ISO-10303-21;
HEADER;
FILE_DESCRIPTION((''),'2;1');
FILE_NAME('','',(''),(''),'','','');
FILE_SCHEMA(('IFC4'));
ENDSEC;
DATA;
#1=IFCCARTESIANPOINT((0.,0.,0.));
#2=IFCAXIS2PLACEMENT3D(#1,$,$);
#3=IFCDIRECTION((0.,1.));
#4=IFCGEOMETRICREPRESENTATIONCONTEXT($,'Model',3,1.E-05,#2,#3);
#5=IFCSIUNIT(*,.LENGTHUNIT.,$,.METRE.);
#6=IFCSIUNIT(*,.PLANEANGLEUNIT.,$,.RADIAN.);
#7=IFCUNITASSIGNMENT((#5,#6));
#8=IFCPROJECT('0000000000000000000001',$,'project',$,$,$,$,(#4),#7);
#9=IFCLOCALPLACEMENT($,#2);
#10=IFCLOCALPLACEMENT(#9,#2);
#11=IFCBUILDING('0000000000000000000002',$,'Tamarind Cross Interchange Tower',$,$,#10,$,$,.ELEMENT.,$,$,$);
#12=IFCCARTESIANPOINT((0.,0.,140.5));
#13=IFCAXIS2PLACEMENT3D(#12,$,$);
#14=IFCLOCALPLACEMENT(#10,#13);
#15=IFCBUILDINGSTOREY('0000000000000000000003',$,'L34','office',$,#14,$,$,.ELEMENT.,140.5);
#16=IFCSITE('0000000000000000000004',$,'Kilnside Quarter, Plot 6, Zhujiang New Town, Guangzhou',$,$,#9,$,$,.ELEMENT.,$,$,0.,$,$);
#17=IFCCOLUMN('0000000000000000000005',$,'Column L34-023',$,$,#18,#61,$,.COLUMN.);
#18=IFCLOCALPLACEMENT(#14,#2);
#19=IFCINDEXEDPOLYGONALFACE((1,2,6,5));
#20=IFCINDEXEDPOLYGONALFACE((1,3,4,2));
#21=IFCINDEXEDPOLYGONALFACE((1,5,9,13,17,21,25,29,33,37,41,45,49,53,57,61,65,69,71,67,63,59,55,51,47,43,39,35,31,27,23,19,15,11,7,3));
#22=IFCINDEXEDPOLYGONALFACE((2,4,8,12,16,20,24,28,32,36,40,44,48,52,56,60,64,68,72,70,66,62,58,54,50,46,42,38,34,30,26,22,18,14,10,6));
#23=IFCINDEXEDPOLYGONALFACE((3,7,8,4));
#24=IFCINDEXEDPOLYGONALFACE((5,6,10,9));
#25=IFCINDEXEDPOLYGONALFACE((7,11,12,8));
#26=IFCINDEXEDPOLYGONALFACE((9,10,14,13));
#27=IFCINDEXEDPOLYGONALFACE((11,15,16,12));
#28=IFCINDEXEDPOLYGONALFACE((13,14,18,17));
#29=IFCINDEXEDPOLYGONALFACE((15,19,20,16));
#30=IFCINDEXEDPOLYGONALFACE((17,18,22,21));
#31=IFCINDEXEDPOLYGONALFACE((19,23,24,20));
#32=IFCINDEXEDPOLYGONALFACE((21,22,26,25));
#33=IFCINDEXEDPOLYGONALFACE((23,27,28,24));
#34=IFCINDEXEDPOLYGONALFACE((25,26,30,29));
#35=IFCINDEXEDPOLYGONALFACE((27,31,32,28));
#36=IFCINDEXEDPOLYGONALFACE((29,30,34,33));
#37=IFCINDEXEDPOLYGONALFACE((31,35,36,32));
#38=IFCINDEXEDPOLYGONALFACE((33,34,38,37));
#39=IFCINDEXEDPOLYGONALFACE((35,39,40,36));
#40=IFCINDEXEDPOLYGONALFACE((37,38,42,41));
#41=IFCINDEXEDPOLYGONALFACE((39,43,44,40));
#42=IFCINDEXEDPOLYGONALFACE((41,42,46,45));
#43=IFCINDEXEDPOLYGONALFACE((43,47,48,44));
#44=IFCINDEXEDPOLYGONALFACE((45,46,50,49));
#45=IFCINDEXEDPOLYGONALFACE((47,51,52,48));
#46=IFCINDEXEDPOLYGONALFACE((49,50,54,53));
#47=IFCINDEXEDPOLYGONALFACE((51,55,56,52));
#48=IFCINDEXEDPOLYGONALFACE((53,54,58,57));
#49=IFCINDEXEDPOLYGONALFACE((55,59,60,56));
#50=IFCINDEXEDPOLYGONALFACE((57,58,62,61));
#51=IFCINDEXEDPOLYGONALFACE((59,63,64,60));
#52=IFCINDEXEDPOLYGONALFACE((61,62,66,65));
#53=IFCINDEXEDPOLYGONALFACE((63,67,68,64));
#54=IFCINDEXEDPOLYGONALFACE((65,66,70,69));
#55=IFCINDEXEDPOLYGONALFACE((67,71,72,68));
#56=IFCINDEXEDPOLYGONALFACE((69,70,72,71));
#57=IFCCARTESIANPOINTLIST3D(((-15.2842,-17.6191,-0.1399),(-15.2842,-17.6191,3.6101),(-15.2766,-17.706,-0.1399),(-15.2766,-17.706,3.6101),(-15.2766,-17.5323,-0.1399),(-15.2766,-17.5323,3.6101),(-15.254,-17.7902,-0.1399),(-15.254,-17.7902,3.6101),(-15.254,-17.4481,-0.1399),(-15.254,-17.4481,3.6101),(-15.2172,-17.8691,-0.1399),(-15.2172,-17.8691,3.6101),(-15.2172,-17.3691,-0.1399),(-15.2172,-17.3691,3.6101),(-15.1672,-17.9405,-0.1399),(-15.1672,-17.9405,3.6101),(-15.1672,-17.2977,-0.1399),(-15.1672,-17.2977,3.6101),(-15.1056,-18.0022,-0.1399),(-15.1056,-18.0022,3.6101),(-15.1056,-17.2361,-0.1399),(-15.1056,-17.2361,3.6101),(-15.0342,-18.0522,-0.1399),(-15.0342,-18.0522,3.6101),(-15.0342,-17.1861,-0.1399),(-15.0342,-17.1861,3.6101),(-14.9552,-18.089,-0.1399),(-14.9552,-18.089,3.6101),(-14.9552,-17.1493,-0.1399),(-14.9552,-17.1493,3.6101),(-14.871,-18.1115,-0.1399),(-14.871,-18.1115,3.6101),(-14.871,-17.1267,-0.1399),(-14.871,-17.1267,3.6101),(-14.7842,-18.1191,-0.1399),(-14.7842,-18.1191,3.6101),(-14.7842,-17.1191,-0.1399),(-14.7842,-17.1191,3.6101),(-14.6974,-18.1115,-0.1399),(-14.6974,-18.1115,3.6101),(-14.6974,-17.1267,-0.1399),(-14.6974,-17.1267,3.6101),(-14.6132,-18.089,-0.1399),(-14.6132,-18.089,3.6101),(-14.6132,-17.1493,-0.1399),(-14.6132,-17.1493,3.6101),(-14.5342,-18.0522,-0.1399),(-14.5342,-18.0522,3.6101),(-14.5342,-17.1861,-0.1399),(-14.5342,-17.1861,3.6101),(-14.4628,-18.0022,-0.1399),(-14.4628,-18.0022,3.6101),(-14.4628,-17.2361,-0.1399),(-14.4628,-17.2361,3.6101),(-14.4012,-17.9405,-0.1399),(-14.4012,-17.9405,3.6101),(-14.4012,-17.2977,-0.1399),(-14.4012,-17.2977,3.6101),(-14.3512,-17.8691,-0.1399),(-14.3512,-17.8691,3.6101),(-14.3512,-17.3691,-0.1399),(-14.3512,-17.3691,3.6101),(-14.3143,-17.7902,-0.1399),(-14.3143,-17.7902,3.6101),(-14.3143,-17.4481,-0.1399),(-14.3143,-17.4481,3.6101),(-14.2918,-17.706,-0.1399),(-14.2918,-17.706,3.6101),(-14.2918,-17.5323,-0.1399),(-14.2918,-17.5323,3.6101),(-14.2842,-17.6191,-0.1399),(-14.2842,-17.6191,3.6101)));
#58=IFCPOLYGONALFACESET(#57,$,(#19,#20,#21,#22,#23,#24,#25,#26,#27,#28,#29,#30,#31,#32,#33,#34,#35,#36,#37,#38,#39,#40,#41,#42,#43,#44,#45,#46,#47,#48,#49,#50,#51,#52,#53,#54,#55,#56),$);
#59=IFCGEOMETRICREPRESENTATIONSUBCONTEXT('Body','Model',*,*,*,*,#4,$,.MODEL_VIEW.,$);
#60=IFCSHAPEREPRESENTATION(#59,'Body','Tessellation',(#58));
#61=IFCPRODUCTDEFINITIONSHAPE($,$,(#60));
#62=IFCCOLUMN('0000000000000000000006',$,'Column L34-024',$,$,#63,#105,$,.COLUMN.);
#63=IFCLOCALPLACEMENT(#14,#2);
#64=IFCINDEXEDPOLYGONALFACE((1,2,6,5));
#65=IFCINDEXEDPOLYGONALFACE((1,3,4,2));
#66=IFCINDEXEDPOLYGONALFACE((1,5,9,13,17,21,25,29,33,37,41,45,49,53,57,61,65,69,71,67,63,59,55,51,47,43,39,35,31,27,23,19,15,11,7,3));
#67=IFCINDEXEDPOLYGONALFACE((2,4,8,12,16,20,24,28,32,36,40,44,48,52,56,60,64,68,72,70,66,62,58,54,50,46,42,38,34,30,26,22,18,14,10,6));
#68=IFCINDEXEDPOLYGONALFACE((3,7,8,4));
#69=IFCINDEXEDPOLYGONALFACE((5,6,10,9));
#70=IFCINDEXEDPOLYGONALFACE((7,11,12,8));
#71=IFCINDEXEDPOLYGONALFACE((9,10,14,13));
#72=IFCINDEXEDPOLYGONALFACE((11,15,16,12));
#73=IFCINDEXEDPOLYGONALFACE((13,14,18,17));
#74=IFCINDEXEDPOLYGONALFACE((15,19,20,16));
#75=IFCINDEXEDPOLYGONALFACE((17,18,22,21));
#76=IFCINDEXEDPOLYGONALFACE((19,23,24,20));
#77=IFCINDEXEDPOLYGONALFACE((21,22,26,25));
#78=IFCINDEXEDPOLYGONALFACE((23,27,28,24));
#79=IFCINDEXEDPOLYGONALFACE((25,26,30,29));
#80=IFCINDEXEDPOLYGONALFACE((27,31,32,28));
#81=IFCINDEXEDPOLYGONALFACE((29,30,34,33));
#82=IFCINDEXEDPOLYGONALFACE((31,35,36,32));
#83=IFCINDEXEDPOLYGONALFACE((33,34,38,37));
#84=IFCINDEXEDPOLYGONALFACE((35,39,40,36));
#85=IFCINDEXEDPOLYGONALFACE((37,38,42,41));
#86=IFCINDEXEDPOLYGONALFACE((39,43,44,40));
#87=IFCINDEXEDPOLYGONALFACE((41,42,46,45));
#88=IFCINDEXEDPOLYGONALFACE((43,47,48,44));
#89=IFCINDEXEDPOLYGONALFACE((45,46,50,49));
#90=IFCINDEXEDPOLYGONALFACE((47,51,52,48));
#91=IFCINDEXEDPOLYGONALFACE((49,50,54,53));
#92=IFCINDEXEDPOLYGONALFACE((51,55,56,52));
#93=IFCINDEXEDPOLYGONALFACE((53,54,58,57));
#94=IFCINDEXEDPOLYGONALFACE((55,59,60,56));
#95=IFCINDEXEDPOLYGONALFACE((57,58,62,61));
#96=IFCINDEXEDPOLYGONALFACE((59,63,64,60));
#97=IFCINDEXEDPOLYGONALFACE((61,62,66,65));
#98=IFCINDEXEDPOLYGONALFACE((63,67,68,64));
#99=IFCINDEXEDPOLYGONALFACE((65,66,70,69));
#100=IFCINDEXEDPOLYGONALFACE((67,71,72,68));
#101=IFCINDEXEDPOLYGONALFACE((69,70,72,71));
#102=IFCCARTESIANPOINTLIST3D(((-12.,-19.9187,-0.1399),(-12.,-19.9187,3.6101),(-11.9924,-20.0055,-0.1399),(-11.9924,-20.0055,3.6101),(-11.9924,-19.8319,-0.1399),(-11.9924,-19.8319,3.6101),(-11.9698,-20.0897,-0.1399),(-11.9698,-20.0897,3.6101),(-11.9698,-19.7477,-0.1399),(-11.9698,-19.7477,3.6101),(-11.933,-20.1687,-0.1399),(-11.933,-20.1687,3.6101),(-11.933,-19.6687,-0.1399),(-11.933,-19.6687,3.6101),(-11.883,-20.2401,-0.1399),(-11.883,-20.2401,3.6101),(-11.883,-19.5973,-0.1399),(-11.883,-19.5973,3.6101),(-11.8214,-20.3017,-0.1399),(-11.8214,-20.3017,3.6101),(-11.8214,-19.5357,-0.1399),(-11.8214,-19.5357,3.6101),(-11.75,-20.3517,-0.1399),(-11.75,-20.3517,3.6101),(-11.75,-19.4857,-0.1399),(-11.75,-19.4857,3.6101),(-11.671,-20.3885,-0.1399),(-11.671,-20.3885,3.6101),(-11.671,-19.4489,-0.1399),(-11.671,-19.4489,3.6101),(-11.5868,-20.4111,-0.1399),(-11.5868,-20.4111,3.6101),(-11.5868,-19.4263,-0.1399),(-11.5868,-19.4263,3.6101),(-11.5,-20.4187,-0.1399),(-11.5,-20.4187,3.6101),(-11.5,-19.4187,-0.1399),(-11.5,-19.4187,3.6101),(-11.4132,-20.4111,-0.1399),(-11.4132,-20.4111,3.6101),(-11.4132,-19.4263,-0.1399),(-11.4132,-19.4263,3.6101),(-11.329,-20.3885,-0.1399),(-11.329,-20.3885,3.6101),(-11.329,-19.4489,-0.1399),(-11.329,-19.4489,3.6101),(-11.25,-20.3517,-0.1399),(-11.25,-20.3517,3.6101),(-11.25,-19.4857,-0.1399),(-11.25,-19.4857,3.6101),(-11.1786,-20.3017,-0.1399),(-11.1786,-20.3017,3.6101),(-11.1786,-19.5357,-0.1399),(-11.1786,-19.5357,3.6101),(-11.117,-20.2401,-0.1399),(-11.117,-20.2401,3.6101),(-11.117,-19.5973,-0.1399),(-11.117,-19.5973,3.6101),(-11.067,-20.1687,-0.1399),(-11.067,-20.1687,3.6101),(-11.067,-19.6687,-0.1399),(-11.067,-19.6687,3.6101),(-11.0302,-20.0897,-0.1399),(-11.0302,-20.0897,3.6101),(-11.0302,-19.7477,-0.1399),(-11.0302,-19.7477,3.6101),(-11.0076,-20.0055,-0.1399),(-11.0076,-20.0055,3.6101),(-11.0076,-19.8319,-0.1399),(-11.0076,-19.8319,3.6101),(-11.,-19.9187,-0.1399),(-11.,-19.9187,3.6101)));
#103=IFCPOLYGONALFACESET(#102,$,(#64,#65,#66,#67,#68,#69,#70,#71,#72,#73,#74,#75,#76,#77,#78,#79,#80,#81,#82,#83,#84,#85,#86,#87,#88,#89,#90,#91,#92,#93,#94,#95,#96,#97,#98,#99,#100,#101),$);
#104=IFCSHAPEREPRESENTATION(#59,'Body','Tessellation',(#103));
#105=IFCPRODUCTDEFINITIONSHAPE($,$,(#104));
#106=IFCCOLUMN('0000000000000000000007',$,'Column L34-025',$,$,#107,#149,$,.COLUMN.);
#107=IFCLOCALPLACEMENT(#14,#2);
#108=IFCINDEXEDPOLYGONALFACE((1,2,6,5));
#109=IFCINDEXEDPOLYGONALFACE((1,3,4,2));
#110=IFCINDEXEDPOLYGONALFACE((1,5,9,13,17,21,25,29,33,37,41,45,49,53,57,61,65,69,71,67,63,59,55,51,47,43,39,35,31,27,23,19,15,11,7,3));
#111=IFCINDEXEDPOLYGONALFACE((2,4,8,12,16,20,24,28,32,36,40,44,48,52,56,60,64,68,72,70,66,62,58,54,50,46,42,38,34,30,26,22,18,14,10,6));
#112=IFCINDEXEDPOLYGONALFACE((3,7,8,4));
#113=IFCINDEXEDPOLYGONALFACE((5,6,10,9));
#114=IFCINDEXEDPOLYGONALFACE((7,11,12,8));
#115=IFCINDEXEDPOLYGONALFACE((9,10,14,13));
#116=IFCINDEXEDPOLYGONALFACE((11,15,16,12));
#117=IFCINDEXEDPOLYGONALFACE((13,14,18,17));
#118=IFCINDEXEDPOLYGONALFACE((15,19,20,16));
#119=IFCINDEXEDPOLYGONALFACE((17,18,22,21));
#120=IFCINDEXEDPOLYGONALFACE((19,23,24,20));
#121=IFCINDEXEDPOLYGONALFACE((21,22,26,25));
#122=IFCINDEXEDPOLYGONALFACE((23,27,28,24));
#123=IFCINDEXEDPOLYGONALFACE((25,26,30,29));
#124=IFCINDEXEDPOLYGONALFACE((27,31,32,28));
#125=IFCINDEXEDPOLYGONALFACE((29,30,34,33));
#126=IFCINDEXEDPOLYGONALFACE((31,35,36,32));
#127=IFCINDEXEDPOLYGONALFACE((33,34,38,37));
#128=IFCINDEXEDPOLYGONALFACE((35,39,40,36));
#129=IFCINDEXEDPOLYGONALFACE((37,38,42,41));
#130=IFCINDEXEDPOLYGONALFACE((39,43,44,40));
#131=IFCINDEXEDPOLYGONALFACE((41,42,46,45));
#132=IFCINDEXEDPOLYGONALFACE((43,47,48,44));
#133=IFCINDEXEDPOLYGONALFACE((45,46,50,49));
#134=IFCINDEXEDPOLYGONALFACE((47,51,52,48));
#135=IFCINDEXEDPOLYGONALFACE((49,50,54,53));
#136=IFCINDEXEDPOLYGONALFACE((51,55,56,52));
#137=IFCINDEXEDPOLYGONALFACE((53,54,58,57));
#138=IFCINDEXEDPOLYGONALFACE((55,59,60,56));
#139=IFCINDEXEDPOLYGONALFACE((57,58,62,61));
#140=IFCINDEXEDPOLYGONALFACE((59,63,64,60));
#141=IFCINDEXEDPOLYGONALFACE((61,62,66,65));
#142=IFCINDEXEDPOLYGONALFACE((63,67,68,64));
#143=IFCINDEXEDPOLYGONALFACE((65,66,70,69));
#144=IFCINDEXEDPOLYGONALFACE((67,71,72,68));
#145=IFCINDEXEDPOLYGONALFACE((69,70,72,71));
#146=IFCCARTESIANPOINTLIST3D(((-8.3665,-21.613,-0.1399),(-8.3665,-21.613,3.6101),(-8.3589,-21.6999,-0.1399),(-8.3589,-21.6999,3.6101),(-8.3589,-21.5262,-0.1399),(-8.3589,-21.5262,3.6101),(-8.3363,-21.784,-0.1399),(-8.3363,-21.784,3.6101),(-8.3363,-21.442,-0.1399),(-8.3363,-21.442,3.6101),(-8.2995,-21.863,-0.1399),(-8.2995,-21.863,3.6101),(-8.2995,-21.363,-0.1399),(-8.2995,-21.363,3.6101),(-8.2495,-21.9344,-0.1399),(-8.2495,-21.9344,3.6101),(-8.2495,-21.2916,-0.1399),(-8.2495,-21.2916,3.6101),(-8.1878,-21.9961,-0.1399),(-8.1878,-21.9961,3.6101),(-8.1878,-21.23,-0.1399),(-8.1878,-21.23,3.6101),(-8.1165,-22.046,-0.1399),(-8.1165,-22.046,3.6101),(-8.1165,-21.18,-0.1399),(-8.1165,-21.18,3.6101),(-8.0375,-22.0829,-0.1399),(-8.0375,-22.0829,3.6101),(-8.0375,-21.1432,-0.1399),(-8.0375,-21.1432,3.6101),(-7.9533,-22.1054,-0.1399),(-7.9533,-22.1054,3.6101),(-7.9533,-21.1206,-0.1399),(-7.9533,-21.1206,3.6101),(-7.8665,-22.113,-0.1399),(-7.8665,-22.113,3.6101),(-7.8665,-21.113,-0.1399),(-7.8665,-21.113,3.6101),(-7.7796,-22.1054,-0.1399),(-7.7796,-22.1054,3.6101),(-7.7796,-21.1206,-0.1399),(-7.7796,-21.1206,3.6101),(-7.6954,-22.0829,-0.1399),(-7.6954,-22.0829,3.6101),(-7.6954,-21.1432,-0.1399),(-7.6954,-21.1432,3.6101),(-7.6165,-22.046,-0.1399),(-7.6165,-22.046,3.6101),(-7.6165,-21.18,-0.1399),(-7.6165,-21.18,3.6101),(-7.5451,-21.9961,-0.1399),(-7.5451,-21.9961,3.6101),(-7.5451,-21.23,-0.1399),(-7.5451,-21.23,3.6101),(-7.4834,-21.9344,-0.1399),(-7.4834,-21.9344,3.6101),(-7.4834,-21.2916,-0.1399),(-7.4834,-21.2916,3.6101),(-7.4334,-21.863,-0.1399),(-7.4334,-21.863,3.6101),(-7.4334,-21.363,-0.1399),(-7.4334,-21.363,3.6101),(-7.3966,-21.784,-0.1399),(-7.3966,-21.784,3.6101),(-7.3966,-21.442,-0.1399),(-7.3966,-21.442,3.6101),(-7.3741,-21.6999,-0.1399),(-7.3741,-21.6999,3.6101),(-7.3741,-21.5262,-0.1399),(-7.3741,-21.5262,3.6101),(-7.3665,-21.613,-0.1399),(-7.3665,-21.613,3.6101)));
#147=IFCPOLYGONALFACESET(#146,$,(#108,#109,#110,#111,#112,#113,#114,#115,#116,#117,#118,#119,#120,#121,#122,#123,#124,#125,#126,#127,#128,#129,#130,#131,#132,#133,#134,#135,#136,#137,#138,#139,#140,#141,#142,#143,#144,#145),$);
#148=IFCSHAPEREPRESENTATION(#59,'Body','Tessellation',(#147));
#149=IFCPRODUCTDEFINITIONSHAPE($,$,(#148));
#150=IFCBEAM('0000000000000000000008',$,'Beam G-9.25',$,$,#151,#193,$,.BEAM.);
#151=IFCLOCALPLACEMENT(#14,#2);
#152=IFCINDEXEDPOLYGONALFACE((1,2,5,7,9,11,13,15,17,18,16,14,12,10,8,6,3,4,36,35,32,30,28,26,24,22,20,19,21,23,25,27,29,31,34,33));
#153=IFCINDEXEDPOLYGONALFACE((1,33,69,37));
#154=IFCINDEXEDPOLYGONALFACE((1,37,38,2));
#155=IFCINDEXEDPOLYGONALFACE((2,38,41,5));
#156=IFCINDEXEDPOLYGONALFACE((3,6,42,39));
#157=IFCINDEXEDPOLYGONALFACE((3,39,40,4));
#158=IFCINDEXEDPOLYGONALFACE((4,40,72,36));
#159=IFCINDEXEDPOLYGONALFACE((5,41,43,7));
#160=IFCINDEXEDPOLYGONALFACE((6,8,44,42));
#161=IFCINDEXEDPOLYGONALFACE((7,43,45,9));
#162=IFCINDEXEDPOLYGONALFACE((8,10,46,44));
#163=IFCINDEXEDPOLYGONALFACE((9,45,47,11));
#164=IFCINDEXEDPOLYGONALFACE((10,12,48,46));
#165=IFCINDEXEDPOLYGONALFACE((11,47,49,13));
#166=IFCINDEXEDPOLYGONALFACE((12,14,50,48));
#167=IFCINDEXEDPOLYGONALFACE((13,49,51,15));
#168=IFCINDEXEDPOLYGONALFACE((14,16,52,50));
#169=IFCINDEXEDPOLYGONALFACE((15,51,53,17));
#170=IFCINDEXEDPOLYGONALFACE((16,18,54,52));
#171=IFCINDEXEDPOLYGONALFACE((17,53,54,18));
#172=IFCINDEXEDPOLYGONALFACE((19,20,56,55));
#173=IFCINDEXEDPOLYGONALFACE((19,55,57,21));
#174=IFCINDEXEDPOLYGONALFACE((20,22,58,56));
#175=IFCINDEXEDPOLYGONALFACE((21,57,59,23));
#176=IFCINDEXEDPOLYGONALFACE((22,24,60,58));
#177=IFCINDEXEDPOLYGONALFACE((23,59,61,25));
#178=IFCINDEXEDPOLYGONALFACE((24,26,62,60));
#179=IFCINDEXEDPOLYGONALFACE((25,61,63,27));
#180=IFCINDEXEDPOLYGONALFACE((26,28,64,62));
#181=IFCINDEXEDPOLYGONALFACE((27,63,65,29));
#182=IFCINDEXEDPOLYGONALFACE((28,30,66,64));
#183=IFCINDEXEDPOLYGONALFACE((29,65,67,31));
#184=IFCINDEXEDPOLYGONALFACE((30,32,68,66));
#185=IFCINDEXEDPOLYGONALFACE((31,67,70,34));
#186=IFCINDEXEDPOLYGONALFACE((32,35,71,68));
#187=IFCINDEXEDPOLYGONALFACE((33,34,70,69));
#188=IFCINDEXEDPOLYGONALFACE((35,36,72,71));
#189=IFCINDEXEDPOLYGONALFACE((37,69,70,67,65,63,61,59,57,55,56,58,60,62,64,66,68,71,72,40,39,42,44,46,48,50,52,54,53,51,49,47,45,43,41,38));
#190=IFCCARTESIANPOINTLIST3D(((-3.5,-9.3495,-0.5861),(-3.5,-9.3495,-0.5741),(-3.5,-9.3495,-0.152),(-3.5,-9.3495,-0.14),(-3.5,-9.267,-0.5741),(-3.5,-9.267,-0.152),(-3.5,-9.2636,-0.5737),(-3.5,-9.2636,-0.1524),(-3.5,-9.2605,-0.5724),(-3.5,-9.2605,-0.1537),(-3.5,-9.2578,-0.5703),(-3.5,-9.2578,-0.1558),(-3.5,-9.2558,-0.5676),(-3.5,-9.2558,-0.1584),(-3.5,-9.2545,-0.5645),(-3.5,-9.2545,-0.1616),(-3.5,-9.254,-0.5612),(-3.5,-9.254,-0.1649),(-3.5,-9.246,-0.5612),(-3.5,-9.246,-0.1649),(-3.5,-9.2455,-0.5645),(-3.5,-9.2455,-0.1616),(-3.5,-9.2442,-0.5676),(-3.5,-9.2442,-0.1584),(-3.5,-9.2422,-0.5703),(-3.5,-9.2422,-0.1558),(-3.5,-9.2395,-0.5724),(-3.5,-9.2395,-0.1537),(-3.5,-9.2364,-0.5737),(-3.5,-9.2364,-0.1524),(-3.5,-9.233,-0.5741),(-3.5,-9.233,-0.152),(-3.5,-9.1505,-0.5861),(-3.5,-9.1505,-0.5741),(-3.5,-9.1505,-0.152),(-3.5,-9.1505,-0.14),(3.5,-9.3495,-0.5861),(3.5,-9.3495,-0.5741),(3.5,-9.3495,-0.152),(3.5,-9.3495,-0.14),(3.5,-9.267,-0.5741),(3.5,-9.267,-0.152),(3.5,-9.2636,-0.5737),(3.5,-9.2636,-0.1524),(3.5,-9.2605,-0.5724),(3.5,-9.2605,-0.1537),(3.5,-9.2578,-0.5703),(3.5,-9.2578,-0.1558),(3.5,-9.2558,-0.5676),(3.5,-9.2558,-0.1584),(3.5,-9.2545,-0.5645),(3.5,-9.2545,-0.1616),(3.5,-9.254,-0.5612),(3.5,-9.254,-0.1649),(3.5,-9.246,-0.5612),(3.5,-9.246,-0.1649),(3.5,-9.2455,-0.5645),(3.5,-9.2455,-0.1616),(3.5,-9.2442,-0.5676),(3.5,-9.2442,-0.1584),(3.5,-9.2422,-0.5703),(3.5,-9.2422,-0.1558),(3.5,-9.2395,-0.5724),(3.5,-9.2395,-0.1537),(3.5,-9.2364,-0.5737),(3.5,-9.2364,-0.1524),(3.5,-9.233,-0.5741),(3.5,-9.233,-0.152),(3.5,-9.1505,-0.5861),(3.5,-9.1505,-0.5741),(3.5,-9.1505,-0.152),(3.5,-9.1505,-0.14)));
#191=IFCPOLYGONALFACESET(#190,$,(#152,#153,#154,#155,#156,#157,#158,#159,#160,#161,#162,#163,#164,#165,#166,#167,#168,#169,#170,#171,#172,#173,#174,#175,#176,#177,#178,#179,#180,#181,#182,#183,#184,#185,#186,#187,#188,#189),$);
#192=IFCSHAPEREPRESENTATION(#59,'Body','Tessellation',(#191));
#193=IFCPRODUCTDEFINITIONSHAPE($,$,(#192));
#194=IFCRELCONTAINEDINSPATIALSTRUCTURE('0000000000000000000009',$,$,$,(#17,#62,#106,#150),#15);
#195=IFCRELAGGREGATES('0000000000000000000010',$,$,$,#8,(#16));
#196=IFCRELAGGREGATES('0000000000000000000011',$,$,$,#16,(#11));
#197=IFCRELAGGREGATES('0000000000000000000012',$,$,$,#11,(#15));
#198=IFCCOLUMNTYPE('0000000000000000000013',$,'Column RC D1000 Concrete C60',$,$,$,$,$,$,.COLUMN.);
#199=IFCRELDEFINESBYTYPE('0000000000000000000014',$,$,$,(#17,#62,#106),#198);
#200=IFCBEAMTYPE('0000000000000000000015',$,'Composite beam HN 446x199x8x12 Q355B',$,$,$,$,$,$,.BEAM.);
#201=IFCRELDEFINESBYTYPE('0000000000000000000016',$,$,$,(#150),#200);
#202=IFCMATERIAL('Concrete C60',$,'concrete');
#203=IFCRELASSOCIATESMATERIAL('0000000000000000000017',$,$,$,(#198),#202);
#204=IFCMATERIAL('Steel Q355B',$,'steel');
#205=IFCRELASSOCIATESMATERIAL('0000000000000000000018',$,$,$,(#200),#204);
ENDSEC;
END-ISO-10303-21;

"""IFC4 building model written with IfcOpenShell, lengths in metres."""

from ifc_helpers import new_model, si_unit, direction, frame, origin, origin_2d, place, context, subcontext, project, spatial, circle, i_section, extrude, material, material_profile, profile_set, type_object, element, save


model = new_model("IFC4")

# Units and contexts
model_context = context("Model", 3, precision=1e-05, world=origin(), true_north=direction((0.0, 1.0)))
body_context = subcontext(model_context, "Body", "Model", "MODEL_VIEW")
ifc_project = project(units=[si_unit("LENGTHUNIT", "METRE"), si_unit("PLANEANGLEUNIT", "RADIAN")], contexts=[model_context])

# Site, building, storey
site_placement = place(None, origin())
site = spatial("IfcSite", under=ifc_project, at=site_placement, Name="Kilnside Quarter, Plot 6, Zhujiang New Town, Guangzhou", CompositionType="ELEMENT", RefElevation=0.0)
building_placement = place(site_placement, origin())
building = spatial("IfcBuilding", under=site, at=building_placement, Name="Tamarind Cross Interchange Tower", CompositionType="ELEMENT")
storey_placement = place(building_placement, frame((0.0, 0.0, 140.5)))
storey = spatial("IfcBuildingStorey", under=building, at=storey_placement, Name="L34", Description="office", CompositionType="ELEMENT", Elevation=140.5)

# Columns
ifc_material_1 = material(Name="Concrete C60", Category="concrete")
ifc_material_profile_1 = material_profile(ifc_material_1, circle(Radius=0.5, at=origin_2d()), Name="RC D1000")
ifc_profile_set_1 = profile_set([ifc_material_profile_1], Name="Concrete C60")
column_type = type_object("IfcColumnType", Name="Column RC D1000 Concrete C60", PredefinedType="COLUMN", material=ifc_profile_set_1)
for number, where, z_axis, x_axis, name in (
    (1, (-14.7842, -17.6191, -0.1399), (0.0, 0.0, 1.0), (1.0, 0.0, 0.0), "Column L34-023"),
    (2, (-11.5, -19.9187, -0.1399), (0.0, 0.0, 1.0), (1.0, 0.0, 0.0), "Column L34-024"),
    (3, (-7.8665, -21.613, -0.1399), (0.0, 0.0, 1.0), (1.0, 0.0, 0.0), "Column L34-025"),
):
    element("IfcColumn", number, at=place(storey_placement, frame(where, z_axis=z_axis, x_axis=x_axis)), inside=storey, type_object=column_type, Name=name, PredefinedType="COLUMN", context=body_context, shape_type="SweptSolid", body=[
        extrude(circle(Radius=0.5, at=origin_2d()), origin(), (0.0, 0.0, 1.0), 3.75),
    ])

# Beam
ifc_material_2 = material(Name="Steel Q355B", Category="steel")
ifc_material_profile_2 = material_profile(ifc_material_2, i_section(OverallWidth=0.199, OverallDepth=0.446, WebThickness=0.0081, FlangeThickness=0.012, FilletRadius=0.0129, at=origin_2d()), Name="HN 446x199x8x12")
ifc_profile_set_2 = profile_set([ifc_material_profile_2], Name="Steel Q355B")
beam_type_1 = type_object("IfcBeamType", Name="Composite beam HN 446x199x8x12 Q355B", PredefinedType="BEAM", material=ifc_profile_set_2)
beam_1_placement = place(storey_placement, frame((-3.5, -9.25, -0.363), z_axis=(1.0, 0.0, 0.0), x_axis=(0.0, 1.0, 0.0)))
element("IfcBeam", 4, at=beam_1_placement, inside=storey, type_object=beam_type_1, Name="Beam G-9.25", PredefinedType="BEAM", context=body_context, shape_type="SweptSolid", body=[
    extrude(i_section(OverallWidth=0.199, OverallDepth=0.446, WebThickness=0.0081, FlangeThickness=0.012, FilletRadius=0.0129, at=origin_2d()), origin(), (0.0, 0.0, 1.0), 7.0),
])

save(model, "model.ifc")
